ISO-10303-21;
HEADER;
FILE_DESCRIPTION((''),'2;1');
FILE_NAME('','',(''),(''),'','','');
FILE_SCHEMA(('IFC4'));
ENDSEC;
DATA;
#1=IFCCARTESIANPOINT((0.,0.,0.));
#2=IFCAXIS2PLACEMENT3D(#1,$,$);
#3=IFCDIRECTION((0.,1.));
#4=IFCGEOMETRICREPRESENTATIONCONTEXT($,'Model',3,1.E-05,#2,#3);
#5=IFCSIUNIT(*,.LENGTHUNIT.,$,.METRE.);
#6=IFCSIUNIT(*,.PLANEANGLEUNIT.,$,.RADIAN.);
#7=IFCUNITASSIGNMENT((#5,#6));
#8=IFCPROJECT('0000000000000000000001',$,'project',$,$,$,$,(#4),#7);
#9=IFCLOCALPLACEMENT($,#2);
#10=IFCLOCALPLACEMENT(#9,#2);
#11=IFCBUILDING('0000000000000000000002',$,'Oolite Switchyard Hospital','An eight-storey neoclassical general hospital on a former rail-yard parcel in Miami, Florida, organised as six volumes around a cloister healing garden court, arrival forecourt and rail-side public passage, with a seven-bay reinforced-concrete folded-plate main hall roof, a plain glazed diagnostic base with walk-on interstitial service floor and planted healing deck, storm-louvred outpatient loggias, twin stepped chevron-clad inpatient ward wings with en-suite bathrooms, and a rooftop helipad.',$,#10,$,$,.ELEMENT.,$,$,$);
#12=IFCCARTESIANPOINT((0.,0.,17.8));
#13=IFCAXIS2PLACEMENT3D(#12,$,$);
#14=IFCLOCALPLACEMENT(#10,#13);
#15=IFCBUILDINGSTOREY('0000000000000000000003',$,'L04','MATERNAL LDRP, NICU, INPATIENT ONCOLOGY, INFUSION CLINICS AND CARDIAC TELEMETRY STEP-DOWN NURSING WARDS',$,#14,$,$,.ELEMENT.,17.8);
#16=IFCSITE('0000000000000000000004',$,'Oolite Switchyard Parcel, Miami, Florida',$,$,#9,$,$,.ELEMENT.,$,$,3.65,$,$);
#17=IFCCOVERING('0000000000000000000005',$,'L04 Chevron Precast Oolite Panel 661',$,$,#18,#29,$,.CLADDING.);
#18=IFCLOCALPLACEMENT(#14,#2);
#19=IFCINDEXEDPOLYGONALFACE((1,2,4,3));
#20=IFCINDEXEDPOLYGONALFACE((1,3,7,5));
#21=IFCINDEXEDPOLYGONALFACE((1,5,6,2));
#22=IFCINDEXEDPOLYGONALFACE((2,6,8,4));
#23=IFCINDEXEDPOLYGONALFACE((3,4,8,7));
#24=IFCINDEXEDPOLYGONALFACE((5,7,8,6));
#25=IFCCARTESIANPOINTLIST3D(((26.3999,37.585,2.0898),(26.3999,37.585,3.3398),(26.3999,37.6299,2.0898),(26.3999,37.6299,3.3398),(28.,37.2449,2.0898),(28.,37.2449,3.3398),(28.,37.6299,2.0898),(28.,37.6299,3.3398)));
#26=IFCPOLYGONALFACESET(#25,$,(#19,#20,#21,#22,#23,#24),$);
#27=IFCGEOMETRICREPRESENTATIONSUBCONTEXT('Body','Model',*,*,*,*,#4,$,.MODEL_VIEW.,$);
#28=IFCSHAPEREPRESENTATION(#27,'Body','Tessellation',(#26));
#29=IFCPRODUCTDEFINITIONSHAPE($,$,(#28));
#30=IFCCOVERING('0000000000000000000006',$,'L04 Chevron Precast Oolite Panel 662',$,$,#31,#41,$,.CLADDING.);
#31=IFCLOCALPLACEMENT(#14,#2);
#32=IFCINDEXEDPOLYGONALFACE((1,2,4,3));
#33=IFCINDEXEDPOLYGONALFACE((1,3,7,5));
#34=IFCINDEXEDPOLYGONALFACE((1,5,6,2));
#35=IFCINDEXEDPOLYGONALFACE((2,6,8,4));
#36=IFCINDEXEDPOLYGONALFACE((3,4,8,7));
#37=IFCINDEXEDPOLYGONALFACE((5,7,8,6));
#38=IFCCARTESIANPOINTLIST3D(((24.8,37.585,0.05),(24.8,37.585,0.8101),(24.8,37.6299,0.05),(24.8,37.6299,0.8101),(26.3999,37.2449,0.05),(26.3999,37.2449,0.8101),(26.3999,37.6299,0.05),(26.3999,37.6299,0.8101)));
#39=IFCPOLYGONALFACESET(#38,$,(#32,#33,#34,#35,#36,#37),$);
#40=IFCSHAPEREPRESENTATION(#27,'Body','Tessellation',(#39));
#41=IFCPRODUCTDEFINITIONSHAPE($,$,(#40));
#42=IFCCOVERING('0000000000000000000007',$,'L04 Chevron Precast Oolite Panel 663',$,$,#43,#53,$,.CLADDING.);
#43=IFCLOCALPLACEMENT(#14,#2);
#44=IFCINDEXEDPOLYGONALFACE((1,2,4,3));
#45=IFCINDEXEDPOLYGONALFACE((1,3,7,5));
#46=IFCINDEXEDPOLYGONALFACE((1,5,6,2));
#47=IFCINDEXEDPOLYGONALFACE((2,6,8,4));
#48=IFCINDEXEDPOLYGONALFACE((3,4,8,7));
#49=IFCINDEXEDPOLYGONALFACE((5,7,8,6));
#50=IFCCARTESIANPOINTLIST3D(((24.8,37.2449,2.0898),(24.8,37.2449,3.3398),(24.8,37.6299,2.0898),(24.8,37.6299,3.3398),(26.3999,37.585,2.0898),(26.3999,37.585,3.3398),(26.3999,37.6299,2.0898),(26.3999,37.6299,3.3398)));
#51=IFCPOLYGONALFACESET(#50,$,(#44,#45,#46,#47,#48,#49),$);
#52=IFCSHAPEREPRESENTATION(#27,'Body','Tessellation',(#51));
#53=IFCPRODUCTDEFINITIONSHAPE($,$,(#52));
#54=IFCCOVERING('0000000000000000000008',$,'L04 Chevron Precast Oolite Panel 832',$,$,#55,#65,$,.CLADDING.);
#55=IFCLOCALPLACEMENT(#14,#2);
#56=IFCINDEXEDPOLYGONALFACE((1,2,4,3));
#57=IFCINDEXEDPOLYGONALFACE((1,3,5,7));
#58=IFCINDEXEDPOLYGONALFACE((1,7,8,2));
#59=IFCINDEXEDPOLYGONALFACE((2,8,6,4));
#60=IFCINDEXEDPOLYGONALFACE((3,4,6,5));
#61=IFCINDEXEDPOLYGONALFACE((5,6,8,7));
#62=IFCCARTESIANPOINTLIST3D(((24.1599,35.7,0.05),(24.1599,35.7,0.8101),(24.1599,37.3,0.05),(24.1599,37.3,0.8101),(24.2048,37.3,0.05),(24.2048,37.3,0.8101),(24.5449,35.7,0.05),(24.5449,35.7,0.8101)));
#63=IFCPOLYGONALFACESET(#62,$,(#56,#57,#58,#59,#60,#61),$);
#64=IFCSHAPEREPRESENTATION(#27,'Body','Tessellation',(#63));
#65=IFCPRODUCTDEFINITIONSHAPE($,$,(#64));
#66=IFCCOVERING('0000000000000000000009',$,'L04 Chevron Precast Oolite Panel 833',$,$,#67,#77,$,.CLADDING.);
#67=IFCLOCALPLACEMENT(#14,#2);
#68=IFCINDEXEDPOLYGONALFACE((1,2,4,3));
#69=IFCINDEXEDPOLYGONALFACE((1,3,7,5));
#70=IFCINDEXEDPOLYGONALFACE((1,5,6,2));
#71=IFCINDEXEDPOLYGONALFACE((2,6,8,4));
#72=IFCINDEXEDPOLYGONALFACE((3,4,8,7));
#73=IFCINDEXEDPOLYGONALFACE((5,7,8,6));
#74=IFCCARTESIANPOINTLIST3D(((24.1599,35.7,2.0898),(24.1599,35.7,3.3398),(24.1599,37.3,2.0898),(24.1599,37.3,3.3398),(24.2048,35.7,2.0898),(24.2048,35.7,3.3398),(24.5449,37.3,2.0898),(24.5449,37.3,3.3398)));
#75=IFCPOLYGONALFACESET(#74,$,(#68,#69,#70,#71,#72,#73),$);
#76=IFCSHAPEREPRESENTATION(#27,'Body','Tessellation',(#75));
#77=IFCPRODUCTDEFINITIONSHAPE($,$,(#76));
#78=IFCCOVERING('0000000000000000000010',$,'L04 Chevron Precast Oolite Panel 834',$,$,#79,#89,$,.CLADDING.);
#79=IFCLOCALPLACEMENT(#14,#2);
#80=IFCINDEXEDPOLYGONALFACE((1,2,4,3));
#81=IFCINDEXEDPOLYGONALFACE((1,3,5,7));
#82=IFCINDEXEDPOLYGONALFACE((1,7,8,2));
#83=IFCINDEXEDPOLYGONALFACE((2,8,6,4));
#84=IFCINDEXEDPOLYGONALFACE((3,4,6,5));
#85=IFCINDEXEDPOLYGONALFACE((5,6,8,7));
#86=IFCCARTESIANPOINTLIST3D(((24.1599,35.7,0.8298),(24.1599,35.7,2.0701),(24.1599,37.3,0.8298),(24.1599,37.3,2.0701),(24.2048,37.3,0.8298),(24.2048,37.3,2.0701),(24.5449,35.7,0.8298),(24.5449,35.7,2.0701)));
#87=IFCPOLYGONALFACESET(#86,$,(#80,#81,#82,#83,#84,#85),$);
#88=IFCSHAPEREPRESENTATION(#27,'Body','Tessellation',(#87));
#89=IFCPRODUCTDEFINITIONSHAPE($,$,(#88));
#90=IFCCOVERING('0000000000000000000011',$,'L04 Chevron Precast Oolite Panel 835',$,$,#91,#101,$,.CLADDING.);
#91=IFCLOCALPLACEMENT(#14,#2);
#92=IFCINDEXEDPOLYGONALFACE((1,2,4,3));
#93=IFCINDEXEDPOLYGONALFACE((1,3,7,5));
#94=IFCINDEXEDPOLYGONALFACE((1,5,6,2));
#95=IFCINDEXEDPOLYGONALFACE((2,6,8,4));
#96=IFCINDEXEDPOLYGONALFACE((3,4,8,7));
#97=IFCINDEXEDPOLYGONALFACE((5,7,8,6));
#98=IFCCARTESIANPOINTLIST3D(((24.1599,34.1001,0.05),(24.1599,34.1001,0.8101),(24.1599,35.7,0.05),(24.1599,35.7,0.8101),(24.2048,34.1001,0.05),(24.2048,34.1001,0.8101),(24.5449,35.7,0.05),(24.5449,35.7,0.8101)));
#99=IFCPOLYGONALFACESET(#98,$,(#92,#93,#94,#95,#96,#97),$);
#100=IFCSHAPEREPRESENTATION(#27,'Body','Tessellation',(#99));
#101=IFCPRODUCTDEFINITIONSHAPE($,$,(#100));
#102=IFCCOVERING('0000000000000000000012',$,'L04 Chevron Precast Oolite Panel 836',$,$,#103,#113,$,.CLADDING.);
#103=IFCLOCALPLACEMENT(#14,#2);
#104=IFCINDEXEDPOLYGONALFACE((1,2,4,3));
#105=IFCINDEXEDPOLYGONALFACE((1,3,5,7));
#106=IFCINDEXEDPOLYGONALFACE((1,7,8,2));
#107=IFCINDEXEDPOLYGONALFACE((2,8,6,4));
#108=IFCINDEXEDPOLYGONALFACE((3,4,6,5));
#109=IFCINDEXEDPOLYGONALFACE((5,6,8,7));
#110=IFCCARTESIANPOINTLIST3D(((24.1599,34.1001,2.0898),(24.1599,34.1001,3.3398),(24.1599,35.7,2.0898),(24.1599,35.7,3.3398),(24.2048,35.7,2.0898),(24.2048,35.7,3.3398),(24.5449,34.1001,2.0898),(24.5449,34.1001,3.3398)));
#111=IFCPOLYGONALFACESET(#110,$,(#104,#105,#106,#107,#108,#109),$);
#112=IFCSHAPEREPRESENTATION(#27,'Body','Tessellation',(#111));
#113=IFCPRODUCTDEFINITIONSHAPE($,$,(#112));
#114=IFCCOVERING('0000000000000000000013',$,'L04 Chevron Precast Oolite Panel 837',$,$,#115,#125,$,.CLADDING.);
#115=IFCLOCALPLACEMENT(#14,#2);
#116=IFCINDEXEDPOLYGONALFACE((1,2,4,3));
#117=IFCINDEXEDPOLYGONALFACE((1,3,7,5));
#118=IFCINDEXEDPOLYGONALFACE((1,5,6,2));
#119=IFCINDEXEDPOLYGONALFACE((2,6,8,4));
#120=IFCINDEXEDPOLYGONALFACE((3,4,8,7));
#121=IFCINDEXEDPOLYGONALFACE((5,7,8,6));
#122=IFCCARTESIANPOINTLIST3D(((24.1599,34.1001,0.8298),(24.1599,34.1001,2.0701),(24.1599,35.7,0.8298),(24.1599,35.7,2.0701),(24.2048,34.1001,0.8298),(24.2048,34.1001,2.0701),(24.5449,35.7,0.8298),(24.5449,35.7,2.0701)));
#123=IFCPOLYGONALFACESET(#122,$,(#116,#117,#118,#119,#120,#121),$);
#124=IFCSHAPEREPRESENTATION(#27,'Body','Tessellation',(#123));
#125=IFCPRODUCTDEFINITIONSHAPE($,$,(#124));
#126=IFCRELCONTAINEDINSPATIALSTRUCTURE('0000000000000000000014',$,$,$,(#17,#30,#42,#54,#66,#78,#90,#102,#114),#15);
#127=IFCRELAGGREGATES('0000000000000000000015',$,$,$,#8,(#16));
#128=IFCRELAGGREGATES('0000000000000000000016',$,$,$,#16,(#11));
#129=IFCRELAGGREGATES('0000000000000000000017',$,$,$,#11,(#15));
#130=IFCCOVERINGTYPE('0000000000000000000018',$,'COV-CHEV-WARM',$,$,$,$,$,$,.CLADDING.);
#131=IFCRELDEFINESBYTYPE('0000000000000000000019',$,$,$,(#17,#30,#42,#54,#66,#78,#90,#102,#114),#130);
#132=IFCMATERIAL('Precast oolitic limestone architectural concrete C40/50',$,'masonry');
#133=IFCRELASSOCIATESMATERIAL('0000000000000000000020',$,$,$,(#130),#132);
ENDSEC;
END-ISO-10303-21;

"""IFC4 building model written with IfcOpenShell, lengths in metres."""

from ifc_helpers import new_model, si_unit, direction, frame, origin, place, context, subcontext, project, spatial, polyline, outline, extrude, material, type_object, element, save


model = new_model("IFC4")

# Units and contexts
model_context = context("Model", 3, precision=1e-05, world=origin(), true_north=direction((0.0, 1.0)))
body_context = subcontext(model_context, "Body", "Model", "MODEL_VIEW")
ifc_project = project(units=[si_unit("LENGTHUNIT", "METRE"), si_unit("PLANEANGLEUNIT", "RADIAN")], contexts=[model_context])

# Site, building, storey
site_placement = place(None, origin())
site = spatial("IfcSite", under=ifc_project, at=site_placement, Name="Oolite Switchyard Parcel, Miami, Florida", CompositionType="ELEMENT", RefElevation=3.65)
building_placement = place(site_placement, origin())
building = spatial("IfcBuilding", under=site, at=building_placement, Name="Oolite Switchyard Hospital", Description="An eight-storey neoclassical general hospital on a former rail-yard parcel in Miami, Florida, organised as six volumes around a cloister healing garden court, arrival forecourt and rail-side public passage, with a seven-bay reinforced-concrete folded-plate main hall roof, a plain glazed diagnostic base with walk-on interstitial service floor and planted healing deck, storm-louvred outpatient loggias, twin stepped chevron-clad inpatient ward wings with en-suite bathrooms, and a rooftop helipad.", CompositionType="ELEMENT")
storey_placement = place(building_placement, frame((0.0, 0.0, 17.8)))
storey = spatial("IfcBuildingStorey", under=building, at=storey_placement, Name="L04", Description="MATERNAL LDRP, NICU, INPATIENT ONCOLOGY, INFUSION CLINICS AND CARDIAC TELEMETRY STEP-DOWN NURSING WARDS", CompositionType="ELEMENT", Elevation=17.8)

# Shared definitions
ifc_material_1 = material(Name="Precast oolitic limestone architectural concrete C40/50", Category="masonry")

# Coverings
covering_type = type_object("IfcCoveringType", Name="COV-CHEV-WARM", PredefinedType="CLADDING", material=ifc_material_1)
covering_1_placement = place(storey_placement, frame((28.0, 37.6299, 2.0898), z_axis=(0.0, 0.0, 1.0), x_axis=(-1.0, 0.0, 0.0)))
element("IfcCovering", 1, at=covering_1_placement, inside=storey, type_object=covering_type, Name="L04 Chevron Precast Oolite Panel 661", PredefinedType="CLADDING", context=body_context, shape_type="SweptSolid", body=[
    extrude(outline(polyline([(0.0, 0.0), (1.6001, 0.0), (1.6001, 0.0449), (0.0, 0.385), (0.0, 0.0)])), origin(), (0.0, 0.0, 1.0), 1.25),
])
covering_2_placement = place(storey_placement, frame((26.3999, 37.6299, 0.05), z_axis=(0.0, 0.0, 1.0), x_axis=(-1.0, 0.0, 0.0)))
element("IfcCovering", 2, at=covering_2_placement, inside=storey, type_object=covering_type, Name="L04 Chevron Precast Oolite Panel 662", PredefinedType="CLADDING", context=body_context, shape_type="SweptSolid", body=[
    extrude(outline(polyline([(0.0, 0.0), (1.5999, 0.0), (1.5999, 0.0449), (0.0, 0.385), (0.0, 0.0)])), origin(), (0.0, 0.0, 1.0), 0.76),
])
covering_3_placement = place(storey_placement, frame((26.3999, 37.6299, 2.0898), z_axis=(0.0, 0.0, 1.0), x_axis=(-1.0, 0.0, 0.0)))
element("IfcCovering", 3, at=covering_3_placement, inside=storey, type_object=covering_type, Name="L04 Chevron Precast Oolite Panel 663", PredefinedType="CLADDING", context=body_context, shape_type="SweptSolid", body=[
    extrude(outline(polyline([(0.0, 0.0), (1.5999, 0.0), (1.5999, 0.385), (0.0, 0.0449), (0.0, 0.0)])), origin(), (0.0, 0.0, 1.0), 1.25),
])
covering_4_placement = place(storey_placement, frame((24.1599, 37.3, 0.05), z_axis=(0.0, 0.0, 1.0), x_axis=(0.0, -1.0, 0.0)))
element("IfcCovering", 4, at=covering_4_placement, inside=storey, type_object=covering_type, Name="L04 Chevron Precast Oolite Panel 832", PredefinedType="CLADDING", context=body_context, shape_type="SweptSolid", body=[
    extrude(outline(polyline([(0.0, 0.0), (1.6001, 0.0), (1.6001, 0.385), (0.0, 0.0449), (0.0, 0.0)])), origin(), (0.0, 0.0, 1.0), 0.76),
])
covering_5_placement = place(storey_placement, frame((24.1599, 37.3, 2.0898), z_axis=(0.0, 0.0, 1.0), x_axis=(0.0, -1.0, 0.0)))
element("IfcCovering", 5, at=covering_5_placement, inside=storey, type_object=covering_type, Name="L04 Chevron Precast Oolite Panel 833", PredefinedType="CLADDING", context=body_context, shape_type="SweptSolid", body=[
    extrude(outline(polyline([(0.0, 0.0), (1.6001, 0.0), (1.6001, 0.0449), (0.0, 0.385), (0.0, 0.0)])), origin(), (0.0, 0.0, 1.0), 1.25),
])
covering_6_placement = place(storey_placement, frame((24.1599, 37.3, 0.8298), z_axis=(0.0, 0.0, 1.0), x_axis=(0.0, -1.0, 0.0)))
element("IfcCovering", 6, at=covering_6_placement, inside=storey, type_object=covering_type, Name="L04 Chevron Precast Oolite Panel 834", PredefinedType="CLADDING", context=body_context, shape_type="SweptSolid", body=[
    extrude(outline(polyline([(0.0, 0.0), (1.6001, 0.0), (1.6001, 0.385), (0.0, 0.0449), (0.0, 0.0)])), origin(), (0.0, 0.0, 1.0), 1.2402),
])
covering_7_placement = place(storey_placement, frame((24.1599, 35.7, 0.05), z_axis=(0.0, 0.0, 1.0), x_axis=(0.0, -1.0, 0.0)))
element("IfcCovering", 7, at=covering_7_placement, inside=storey, type_object=covering_type, Name="L04 Chevron Precast Oolite Panel 835", PredefinedType="CLADDING", context=body_context, shape_type="SweptSolid", body=[
    extrude(outline(polyline([(0.0, 0.0), (1.5999, 0.0), (1.5999, 0.0449), (0.0, 0.385), (0.0, 0.0)])), origin(), (0.0, 0.0, 1.0), 0.76),
])
covering_8_placement = place(storey_placement, frame((24.1599, 35.7, 2.0898), z_axis=(0.0, 0.0, 1.0), x_axis=(0.0, -1.0, 0.0)))
element("IfcCovering", 8, at=covering_8_placement, inside=storey, type_object=covering_type, Name="L04 Chevron Precast Oolite Panel 836", PredefinedType="CLADDING", context=body_context, shape_type="SweptSolid", body=[
    extrude(outline(polyline([(0.0, 0.0), (1.5999, 0.0), (1.5999, 0.385), (0.0, 0.0449), (0.0, 0.0)])), origin(), (0.0, 0.0, 1.0), 1.25),
])
covering_9_placement = place(storey_placement, frame((24.1599, 35.7, 0.8298), z_axis=(0.0, 0.0, 1.0), x_axis=(0.0, -1.0, 0.0)))
element("IfcCovering", 9, at=covering_9_placement, inside=storey, type_object=covering_type, Name="L04 Chevron Precast Oolite Panel 837", PredefinedType="CLADDING", context=body_context, shape_type="SweptSolid", body=[
    extrude(outline(polyline([(0.0, 0.0), (1.5999, 0.0), (1.5999, 0.0449), (0.0, 0.385), (0.0, 0.0)])), origin(), (0.0, 0.0, 1.0), 1.2402),
])

save(model, "model.ifc")
